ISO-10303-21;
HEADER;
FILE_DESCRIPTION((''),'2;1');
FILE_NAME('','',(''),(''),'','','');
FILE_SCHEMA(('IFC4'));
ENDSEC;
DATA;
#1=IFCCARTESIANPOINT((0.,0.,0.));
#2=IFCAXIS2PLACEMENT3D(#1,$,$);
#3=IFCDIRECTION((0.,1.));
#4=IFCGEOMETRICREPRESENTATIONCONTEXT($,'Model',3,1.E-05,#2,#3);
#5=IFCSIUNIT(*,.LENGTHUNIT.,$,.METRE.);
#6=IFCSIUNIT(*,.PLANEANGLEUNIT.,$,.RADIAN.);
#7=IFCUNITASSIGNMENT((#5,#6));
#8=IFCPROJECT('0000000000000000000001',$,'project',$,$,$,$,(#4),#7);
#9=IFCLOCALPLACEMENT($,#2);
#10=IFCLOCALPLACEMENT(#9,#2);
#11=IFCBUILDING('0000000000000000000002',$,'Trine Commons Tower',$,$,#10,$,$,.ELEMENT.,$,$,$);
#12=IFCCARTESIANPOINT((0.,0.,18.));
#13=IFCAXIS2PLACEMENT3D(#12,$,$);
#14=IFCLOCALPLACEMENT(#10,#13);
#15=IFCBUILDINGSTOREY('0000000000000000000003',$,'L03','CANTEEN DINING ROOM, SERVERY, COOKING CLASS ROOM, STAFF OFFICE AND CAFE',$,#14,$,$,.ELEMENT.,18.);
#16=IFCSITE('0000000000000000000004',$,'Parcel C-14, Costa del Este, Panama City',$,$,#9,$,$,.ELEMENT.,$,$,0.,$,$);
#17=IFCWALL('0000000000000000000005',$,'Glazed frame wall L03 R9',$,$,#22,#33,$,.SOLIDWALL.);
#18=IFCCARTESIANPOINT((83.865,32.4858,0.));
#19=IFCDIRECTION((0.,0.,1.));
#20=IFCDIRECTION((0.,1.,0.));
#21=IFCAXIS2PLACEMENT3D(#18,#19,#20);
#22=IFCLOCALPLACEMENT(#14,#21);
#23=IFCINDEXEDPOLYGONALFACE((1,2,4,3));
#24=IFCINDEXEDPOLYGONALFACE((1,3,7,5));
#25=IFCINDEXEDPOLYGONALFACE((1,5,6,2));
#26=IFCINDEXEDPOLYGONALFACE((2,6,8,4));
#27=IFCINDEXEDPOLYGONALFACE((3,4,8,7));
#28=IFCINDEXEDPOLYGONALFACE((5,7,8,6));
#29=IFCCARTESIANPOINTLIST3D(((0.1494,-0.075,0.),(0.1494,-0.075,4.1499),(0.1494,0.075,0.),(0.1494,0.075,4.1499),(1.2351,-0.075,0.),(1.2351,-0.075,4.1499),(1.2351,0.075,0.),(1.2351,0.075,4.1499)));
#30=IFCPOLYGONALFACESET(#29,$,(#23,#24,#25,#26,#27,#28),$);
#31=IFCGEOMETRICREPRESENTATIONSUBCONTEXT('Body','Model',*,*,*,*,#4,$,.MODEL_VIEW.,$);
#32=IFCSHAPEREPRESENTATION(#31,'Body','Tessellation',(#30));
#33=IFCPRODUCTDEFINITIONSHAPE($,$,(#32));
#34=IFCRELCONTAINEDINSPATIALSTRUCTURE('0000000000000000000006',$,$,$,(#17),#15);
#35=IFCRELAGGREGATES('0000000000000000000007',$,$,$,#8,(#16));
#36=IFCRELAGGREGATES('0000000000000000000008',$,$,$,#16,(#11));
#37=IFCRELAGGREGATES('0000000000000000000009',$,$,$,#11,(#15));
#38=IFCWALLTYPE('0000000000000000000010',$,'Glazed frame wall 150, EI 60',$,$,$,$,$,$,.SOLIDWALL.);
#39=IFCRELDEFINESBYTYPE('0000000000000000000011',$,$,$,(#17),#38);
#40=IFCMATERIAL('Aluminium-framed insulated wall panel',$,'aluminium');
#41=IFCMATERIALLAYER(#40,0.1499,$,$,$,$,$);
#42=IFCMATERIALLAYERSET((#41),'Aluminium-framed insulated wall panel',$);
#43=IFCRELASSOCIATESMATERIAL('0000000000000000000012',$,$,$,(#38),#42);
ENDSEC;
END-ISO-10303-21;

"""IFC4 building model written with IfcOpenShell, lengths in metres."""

from ifc_helpers import new_model, si_unit, direction, frame, origin, place, context, subcontext, project, spatial, polyline, outline, extrude, material, layer, layer_set, type_object, element, save


model = new_model("IFC4")

# Units and contexts
model_context = context("Model", 3, precision=1e-05, world=origin(), true_north=direction((0.0, 1.0)))
body_context = subcontext(model_context, "Body", "Model", "MODEL_VIEW")
ifc_project = project(units=[si_unit("LENGTHUNIT", "METRE"), si_unit("PLANEANGLEUNIT", "RADIAN")], contexts=[model_context])

# Site, building, storey
site_placement = place(None, origin())
site = spatial("IfcSite", under=ifc_project, at=site_placement, Name="Parcel C-14, Costa del Este, Panama City", CompositionType="ELEMENT", RefElevation=0.0)
building_placement = place(site_placement, origin())
building = spatial("IfcBuilding", under=site, at=building_placement, Name="Trine Commons Tower", CompositionType="ELEMENT")
storey_placement = place(building_placement, frame((0.0, 0.0, 18.0)))
storey = spatial("IfcBuildingStorey", under=building, at=storey_placement, Name="L03", Description="CANTEEN DINING ROOM, SERVERY, COOKING CLASS ROOM, STAFF OFFICE AND CAFE", CompositionType="ELEMENT", Elevation=18.0)

# Wall
ifc_material_1 = material(Name="Aluminium-framed insulated wall panel", Category="aluminium")
ifc_layer_1 = layer(ifc_material_1, 0.1499)
ifc_layer_set_1 = layer_set([ifc_layer_1], Name="Aluminium-framed insulated wall panel")
wall_type = type_object("IfcWallType", Name="Glazed frame wall 150, EI 60", PredefinedType="SOLIDWALL", material=ifc_layer_set_1)
wall_placement = place(storey_placement, frame((83.865, 32.4858, 0.0), z_axis=(0.0, 0.0, 1.0), x_axis=(0.0, 1.0, 0.0)))
element("IfcWall", 1, at=wall_placement, inside=storey, type_object=wall_type, Name="Glazed frame wall L03 R9", PredefinedType="SOLIDWALL", context=body_context, shape_type="SweptSolid", body=[
    extrude(outline(polyline([(0.1494, 0.075), (0.1494, -0.075), (1.2351, -0.075), (1.2351, 0.075), (0.1494, 0.075)])), origin(), (0.0, 0.0, 1.0), 4.1499),
])

save(model, "model.ifc")
